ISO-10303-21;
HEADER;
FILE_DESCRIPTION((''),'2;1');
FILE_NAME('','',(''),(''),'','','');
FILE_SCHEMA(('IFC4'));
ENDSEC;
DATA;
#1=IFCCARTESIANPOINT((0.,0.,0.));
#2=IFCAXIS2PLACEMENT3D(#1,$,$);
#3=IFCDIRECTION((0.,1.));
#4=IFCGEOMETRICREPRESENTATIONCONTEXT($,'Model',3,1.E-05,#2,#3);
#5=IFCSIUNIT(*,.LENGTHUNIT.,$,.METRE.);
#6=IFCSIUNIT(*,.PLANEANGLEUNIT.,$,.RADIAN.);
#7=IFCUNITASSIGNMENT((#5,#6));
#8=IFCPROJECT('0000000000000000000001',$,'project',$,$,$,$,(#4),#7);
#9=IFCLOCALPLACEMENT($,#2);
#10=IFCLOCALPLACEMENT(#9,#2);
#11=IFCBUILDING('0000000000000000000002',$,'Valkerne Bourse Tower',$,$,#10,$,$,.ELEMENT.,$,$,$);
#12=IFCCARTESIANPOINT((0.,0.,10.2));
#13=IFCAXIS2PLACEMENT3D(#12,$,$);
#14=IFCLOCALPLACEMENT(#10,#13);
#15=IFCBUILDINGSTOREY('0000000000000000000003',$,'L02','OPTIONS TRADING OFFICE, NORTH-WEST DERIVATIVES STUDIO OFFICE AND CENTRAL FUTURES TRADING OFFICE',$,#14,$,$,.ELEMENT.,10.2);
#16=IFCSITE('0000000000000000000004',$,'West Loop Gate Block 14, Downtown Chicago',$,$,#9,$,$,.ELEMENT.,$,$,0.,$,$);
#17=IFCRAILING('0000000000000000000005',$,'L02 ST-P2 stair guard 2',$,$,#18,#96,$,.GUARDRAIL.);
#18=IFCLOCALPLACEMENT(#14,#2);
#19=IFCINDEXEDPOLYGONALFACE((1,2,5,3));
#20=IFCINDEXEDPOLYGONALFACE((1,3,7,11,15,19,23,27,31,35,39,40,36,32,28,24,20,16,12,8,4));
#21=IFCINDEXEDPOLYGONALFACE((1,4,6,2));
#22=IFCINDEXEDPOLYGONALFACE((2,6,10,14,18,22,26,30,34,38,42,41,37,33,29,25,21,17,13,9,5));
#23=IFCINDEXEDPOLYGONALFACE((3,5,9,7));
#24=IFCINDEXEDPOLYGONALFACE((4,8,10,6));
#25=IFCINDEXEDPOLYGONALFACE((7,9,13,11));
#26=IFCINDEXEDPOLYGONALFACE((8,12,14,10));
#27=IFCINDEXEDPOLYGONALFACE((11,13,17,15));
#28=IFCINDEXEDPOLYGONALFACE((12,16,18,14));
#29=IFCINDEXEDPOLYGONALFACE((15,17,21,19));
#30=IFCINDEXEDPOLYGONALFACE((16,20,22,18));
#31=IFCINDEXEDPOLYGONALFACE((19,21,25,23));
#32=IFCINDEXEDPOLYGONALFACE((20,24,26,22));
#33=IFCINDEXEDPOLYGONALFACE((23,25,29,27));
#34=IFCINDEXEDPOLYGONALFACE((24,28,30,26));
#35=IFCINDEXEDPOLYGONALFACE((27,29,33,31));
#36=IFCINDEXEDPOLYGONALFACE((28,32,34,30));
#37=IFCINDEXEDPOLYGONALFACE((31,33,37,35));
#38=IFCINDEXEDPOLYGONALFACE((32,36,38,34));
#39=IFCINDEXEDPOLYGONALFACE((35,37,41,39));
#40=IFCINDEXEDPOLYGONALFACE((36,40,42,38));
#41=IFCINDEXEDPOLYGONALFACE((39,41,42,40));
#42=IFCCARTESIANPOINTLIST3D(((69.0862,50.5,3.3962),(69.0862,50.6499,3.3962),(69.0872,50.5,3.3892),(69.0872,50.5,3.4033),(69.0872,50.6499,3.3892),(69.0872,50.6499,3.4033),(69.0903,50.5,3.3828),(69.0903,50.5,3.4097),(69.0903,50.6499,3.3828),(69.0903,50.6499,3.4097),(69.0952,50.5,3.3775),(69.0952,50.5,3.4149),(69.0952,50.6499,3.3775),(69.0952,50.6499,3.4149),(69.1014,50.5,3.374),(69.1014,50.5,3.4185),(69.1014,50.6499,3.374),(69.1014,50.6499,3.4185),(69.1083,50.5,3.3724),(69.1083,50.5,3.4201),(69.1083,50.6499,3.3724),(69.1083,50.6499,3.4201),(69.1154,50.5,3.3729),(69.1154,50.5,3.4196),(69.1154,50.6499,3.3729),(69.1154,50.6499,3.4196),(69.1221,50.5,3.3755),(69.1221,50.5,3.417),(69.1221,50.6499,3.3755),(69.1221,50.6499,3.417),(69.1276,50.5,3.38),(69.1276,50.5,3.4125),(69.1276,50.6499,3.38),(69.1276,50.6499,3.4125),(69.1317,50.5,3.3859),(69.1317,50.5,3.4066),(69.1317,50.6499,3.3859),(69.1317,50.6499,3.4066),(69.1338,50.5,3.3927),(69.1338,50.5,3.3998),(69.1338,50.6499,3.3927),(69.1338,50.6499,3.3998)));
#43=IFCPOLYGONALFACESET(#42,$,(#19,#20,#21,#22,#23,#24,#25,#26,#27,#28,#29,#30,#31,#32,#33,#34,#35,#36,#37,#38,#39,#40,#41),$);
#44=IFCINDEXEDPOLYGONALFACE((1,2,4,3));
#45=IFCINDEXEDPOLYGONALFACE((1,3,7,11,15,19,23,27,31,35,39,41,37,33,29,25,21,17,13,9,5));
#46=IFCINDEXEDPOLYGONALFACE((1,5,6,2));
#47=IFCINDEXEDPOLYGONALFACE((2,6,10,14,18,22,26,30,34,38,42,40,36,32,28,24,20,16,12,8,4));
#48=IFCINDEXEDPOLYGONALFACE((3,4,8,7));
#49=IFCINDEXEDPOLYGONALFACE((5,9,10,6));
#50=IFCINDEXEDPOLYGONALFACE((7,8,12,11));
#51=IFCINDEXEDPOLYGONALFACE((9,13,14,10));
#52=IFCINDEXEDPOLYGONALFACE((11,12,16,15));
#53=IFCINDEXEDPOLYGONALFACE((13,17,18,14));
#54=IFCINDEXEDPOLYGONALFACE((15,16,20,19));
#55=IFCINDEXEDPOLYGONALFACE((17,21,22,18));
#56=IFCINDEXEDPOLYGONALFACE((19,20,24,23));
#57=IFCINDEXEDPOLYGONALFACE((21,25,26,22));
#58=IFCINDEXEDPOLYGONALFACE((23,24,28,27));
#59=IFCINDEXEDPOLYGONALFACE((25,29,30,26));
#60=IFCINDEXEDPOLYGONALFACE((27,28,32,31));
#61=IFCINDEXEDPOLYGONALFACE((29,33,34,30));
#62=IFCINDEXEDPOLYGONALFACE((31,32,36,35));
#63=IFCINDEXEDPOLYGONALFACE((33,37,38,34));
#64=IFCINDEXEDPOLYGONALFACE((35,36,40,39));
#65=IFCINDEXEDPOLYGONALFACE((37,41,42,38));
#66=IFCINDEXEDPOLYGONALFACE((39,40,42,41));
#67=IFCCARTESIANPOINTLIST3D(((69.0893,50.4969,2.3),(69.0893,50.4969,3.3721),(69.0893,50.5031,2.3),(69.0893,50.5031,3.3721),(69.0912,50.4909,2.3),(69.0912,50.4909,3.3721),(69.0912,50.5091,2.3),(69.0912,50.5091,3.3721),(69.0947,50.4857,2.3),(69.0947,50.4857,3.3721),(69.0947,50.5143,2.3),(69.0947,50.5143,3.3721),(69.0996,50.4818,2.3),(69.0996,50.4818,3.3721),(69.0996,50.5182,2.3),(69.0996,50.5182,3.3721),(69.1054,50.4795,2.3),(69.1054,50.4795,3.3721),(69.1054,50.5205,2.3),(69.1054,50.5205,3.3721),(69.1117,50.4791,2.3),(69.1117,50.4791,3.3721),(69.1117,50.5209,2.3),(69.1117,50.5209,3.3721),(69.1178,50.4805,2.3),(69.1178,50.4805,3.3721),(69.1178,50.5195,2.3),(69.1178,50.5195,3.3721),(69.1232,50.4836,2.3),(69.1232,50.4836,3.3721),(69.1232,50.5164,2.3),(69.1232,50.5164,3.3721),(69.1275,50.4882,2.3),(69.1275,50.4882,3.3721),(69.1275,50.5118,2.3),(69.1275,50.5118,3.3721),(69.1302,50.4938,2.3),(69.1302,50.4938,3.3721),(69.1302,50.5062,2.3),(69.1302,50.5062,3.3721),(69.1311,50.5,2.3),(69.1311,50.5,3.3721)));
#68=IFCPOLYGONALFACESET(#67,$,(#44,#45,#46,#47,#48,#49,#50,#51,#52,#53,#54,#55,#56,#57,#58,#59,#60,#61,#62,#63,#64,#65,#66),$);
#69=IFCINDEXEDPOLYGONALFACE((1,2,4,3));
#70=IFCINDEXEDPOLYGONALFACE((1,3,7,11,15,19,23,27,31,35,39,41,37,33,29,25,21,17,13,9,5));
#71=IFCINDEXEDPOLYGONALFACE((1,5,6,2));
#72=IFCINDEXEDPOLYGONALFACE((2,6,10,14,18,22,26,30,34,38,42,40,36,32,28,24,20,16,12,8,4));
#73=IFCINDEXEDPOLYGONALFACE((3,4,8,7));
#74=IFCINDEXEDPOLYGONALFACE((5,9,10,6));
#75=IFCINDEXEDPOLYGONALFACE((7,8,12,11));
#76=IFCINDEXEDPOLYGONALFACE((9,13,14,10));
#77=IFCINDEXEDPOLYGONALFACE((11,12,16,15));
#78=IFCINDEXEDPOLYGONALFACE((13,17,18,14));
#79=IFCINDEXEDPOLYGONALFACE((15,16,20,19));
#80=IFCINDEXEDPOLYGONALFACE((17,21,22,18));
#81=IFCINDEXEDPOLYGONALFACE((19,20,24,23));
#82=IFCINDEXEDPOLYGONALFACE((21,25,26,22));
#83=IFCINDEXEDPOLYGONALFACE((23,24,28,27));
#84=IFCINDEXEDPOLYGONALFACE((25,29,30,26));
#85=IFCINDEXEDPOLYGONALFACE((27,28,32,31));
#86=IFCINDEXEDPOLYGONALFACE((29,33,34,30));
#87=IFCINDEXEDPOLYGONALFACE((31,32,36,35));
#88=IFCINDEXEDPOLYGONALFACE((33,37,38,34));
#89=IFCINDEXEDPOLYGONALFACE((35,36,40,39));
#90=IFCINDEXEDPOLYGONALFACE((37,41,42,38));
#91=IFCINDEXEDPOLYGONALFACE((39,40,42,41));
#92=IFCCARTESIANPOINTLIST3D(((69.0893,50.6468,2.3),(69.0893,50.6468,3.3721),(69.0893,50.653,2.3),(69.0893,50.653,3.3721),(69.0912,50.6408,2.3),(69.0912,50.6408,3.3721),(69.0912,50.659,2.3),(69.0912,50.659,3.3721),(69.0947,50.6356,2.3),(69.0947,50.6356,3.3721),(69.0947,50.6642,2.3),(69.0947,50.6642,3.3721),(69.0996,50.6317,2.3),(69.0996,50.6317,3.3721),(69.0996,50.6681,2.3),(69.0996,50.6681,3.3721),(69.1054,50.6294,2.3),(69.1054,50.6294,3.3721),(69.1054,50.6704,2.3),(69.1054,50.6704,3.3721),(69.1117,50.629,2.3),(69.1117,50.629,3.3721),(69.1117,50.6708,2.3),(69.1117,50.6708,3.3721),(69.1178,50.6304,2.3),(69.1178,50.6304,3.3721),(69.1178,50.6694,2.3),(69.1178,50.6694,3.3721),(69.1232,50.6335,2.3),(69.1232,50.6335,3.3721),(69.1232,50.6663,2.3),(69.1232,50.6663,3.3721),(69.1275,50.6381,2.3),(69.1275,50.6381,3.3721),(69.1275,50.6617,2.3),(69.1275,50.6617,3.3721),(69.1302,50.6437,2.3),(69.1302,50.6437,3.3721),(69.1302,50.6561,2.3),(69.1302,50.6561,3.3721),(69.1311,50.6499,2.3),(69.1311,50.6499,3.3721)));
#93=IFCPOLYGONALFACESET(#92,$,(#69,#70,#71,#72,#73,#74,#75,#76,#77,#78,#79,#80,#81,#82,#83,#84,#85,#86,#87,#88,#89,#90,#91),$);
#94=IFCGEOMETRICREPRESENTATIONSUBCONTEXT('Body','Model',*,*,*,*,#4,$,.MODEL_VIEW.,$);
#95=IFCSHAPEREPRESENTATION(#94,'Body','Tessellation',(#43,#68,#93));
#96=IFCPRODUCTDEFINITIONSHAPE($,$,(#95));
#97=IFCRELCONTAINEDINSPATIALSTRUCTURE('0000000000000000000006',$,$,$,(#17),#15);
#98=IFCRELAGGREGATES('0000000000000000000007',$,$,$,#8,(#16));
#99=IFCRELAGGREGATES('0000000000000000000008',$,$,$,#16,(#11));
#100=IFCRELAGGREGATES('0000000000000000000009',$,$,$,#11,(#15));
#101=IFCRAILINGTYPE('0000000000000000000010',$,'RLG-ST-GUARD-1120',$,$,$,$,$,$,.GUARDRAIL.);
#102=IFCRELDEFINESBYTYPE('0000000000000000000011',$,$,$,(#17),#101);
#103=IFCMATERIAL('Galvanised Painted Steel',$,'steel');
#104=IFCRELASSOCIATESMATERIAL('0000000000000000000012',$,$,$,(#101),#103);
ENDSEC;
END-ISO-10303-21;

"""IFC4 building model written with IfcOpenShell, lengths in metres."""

from ifc_helpers import new_model, si_unit, direction, frame, origin, origin_2d, place, context, subcontext, project, spatial, circle, extrude, material, type_object, element, save


model = new_model("IFC4")

# Units and contexts
model_context = context("Model", 3, precision=1e-05, world=origin(), true_north=direction((0.0, 1.0)))
body_context = subcontext(model_context, "Body", "Model", "MODEL_VIEW")
ifc_project = project(units=[si_unit("LENGTHUNIT", "METRE"), si_unit("PLANEANGLEUNIT", "RADIAN")], contexts=[model_context])

# Site, building, storey
site_placement = place(None, origin())
site = spatial("IfcSite", under=ifc_project, at=site_placement, Name="West Loop Gate Block 14, Downtown Chicago", CompositionType="ELEMENT", RefElevation=0.0)
building_placement = place(site_placement, origin())
building = spatial("IfcBuilding", under=site, at=building_placement, Name="Valkerne Bourse Tower", CompositionType="ELEMENT")
storey_placement = place(building_placement, frame((0.0, 0.0, 10.2)))
storey = spatial("IfcBuildingStorey", under=building, at=storey_placement, Name="L02", Description="OPTIONS TRADING OFFICE, NORTH-WEST DERIVATIVES STUDIO OFFICE AND CENTRAL FUTURES TRADING OFFICE", CompositionType="ELEMENT", Elevation=10.2)

# Railing
ifc_material_1 = material(Name="Galvanised Painted Steel", Category="steel")
railing_type_1 = type_object("IfcRailingType", Name="RLG-ST-GUARD-1120", PredefinedType="GUARDRAIL", material=ifc_material_1)
railing_1_placement = place(storey_placement, frame((69.1101, 50.5, 2.3)))
element("IfcRailing", 1, at=railing_1_placement, inside=storey, type_object=railing_type_1, Name="L02 ST-P2 stair guard 2", PredefinedType="GUARDRAIL", context=body_context, shape_type="SweptSolid", body=[
    extrude(circle(Radius=0.0239, at=origin_2d()), frame((0.0, 0.0, 1.0962), z_axis=(0.0, 1.0, 0.0), x_axis=(-1.0, 0.0, 0.0)), (0.0, 0.0, 1.0), 0.1499),
    extrude(circle(Radius=0.021, at=origin_2d()), origin(), (0.0, 0.0, 1.0), 1.072),
    extrude(circle(Radius=0.021, at=origin_2d()), frame((0.0, 0.1499, 0.0)), (0.0, 0.0, 1.0), 1.072),
])

save(model, "model.ifc")
